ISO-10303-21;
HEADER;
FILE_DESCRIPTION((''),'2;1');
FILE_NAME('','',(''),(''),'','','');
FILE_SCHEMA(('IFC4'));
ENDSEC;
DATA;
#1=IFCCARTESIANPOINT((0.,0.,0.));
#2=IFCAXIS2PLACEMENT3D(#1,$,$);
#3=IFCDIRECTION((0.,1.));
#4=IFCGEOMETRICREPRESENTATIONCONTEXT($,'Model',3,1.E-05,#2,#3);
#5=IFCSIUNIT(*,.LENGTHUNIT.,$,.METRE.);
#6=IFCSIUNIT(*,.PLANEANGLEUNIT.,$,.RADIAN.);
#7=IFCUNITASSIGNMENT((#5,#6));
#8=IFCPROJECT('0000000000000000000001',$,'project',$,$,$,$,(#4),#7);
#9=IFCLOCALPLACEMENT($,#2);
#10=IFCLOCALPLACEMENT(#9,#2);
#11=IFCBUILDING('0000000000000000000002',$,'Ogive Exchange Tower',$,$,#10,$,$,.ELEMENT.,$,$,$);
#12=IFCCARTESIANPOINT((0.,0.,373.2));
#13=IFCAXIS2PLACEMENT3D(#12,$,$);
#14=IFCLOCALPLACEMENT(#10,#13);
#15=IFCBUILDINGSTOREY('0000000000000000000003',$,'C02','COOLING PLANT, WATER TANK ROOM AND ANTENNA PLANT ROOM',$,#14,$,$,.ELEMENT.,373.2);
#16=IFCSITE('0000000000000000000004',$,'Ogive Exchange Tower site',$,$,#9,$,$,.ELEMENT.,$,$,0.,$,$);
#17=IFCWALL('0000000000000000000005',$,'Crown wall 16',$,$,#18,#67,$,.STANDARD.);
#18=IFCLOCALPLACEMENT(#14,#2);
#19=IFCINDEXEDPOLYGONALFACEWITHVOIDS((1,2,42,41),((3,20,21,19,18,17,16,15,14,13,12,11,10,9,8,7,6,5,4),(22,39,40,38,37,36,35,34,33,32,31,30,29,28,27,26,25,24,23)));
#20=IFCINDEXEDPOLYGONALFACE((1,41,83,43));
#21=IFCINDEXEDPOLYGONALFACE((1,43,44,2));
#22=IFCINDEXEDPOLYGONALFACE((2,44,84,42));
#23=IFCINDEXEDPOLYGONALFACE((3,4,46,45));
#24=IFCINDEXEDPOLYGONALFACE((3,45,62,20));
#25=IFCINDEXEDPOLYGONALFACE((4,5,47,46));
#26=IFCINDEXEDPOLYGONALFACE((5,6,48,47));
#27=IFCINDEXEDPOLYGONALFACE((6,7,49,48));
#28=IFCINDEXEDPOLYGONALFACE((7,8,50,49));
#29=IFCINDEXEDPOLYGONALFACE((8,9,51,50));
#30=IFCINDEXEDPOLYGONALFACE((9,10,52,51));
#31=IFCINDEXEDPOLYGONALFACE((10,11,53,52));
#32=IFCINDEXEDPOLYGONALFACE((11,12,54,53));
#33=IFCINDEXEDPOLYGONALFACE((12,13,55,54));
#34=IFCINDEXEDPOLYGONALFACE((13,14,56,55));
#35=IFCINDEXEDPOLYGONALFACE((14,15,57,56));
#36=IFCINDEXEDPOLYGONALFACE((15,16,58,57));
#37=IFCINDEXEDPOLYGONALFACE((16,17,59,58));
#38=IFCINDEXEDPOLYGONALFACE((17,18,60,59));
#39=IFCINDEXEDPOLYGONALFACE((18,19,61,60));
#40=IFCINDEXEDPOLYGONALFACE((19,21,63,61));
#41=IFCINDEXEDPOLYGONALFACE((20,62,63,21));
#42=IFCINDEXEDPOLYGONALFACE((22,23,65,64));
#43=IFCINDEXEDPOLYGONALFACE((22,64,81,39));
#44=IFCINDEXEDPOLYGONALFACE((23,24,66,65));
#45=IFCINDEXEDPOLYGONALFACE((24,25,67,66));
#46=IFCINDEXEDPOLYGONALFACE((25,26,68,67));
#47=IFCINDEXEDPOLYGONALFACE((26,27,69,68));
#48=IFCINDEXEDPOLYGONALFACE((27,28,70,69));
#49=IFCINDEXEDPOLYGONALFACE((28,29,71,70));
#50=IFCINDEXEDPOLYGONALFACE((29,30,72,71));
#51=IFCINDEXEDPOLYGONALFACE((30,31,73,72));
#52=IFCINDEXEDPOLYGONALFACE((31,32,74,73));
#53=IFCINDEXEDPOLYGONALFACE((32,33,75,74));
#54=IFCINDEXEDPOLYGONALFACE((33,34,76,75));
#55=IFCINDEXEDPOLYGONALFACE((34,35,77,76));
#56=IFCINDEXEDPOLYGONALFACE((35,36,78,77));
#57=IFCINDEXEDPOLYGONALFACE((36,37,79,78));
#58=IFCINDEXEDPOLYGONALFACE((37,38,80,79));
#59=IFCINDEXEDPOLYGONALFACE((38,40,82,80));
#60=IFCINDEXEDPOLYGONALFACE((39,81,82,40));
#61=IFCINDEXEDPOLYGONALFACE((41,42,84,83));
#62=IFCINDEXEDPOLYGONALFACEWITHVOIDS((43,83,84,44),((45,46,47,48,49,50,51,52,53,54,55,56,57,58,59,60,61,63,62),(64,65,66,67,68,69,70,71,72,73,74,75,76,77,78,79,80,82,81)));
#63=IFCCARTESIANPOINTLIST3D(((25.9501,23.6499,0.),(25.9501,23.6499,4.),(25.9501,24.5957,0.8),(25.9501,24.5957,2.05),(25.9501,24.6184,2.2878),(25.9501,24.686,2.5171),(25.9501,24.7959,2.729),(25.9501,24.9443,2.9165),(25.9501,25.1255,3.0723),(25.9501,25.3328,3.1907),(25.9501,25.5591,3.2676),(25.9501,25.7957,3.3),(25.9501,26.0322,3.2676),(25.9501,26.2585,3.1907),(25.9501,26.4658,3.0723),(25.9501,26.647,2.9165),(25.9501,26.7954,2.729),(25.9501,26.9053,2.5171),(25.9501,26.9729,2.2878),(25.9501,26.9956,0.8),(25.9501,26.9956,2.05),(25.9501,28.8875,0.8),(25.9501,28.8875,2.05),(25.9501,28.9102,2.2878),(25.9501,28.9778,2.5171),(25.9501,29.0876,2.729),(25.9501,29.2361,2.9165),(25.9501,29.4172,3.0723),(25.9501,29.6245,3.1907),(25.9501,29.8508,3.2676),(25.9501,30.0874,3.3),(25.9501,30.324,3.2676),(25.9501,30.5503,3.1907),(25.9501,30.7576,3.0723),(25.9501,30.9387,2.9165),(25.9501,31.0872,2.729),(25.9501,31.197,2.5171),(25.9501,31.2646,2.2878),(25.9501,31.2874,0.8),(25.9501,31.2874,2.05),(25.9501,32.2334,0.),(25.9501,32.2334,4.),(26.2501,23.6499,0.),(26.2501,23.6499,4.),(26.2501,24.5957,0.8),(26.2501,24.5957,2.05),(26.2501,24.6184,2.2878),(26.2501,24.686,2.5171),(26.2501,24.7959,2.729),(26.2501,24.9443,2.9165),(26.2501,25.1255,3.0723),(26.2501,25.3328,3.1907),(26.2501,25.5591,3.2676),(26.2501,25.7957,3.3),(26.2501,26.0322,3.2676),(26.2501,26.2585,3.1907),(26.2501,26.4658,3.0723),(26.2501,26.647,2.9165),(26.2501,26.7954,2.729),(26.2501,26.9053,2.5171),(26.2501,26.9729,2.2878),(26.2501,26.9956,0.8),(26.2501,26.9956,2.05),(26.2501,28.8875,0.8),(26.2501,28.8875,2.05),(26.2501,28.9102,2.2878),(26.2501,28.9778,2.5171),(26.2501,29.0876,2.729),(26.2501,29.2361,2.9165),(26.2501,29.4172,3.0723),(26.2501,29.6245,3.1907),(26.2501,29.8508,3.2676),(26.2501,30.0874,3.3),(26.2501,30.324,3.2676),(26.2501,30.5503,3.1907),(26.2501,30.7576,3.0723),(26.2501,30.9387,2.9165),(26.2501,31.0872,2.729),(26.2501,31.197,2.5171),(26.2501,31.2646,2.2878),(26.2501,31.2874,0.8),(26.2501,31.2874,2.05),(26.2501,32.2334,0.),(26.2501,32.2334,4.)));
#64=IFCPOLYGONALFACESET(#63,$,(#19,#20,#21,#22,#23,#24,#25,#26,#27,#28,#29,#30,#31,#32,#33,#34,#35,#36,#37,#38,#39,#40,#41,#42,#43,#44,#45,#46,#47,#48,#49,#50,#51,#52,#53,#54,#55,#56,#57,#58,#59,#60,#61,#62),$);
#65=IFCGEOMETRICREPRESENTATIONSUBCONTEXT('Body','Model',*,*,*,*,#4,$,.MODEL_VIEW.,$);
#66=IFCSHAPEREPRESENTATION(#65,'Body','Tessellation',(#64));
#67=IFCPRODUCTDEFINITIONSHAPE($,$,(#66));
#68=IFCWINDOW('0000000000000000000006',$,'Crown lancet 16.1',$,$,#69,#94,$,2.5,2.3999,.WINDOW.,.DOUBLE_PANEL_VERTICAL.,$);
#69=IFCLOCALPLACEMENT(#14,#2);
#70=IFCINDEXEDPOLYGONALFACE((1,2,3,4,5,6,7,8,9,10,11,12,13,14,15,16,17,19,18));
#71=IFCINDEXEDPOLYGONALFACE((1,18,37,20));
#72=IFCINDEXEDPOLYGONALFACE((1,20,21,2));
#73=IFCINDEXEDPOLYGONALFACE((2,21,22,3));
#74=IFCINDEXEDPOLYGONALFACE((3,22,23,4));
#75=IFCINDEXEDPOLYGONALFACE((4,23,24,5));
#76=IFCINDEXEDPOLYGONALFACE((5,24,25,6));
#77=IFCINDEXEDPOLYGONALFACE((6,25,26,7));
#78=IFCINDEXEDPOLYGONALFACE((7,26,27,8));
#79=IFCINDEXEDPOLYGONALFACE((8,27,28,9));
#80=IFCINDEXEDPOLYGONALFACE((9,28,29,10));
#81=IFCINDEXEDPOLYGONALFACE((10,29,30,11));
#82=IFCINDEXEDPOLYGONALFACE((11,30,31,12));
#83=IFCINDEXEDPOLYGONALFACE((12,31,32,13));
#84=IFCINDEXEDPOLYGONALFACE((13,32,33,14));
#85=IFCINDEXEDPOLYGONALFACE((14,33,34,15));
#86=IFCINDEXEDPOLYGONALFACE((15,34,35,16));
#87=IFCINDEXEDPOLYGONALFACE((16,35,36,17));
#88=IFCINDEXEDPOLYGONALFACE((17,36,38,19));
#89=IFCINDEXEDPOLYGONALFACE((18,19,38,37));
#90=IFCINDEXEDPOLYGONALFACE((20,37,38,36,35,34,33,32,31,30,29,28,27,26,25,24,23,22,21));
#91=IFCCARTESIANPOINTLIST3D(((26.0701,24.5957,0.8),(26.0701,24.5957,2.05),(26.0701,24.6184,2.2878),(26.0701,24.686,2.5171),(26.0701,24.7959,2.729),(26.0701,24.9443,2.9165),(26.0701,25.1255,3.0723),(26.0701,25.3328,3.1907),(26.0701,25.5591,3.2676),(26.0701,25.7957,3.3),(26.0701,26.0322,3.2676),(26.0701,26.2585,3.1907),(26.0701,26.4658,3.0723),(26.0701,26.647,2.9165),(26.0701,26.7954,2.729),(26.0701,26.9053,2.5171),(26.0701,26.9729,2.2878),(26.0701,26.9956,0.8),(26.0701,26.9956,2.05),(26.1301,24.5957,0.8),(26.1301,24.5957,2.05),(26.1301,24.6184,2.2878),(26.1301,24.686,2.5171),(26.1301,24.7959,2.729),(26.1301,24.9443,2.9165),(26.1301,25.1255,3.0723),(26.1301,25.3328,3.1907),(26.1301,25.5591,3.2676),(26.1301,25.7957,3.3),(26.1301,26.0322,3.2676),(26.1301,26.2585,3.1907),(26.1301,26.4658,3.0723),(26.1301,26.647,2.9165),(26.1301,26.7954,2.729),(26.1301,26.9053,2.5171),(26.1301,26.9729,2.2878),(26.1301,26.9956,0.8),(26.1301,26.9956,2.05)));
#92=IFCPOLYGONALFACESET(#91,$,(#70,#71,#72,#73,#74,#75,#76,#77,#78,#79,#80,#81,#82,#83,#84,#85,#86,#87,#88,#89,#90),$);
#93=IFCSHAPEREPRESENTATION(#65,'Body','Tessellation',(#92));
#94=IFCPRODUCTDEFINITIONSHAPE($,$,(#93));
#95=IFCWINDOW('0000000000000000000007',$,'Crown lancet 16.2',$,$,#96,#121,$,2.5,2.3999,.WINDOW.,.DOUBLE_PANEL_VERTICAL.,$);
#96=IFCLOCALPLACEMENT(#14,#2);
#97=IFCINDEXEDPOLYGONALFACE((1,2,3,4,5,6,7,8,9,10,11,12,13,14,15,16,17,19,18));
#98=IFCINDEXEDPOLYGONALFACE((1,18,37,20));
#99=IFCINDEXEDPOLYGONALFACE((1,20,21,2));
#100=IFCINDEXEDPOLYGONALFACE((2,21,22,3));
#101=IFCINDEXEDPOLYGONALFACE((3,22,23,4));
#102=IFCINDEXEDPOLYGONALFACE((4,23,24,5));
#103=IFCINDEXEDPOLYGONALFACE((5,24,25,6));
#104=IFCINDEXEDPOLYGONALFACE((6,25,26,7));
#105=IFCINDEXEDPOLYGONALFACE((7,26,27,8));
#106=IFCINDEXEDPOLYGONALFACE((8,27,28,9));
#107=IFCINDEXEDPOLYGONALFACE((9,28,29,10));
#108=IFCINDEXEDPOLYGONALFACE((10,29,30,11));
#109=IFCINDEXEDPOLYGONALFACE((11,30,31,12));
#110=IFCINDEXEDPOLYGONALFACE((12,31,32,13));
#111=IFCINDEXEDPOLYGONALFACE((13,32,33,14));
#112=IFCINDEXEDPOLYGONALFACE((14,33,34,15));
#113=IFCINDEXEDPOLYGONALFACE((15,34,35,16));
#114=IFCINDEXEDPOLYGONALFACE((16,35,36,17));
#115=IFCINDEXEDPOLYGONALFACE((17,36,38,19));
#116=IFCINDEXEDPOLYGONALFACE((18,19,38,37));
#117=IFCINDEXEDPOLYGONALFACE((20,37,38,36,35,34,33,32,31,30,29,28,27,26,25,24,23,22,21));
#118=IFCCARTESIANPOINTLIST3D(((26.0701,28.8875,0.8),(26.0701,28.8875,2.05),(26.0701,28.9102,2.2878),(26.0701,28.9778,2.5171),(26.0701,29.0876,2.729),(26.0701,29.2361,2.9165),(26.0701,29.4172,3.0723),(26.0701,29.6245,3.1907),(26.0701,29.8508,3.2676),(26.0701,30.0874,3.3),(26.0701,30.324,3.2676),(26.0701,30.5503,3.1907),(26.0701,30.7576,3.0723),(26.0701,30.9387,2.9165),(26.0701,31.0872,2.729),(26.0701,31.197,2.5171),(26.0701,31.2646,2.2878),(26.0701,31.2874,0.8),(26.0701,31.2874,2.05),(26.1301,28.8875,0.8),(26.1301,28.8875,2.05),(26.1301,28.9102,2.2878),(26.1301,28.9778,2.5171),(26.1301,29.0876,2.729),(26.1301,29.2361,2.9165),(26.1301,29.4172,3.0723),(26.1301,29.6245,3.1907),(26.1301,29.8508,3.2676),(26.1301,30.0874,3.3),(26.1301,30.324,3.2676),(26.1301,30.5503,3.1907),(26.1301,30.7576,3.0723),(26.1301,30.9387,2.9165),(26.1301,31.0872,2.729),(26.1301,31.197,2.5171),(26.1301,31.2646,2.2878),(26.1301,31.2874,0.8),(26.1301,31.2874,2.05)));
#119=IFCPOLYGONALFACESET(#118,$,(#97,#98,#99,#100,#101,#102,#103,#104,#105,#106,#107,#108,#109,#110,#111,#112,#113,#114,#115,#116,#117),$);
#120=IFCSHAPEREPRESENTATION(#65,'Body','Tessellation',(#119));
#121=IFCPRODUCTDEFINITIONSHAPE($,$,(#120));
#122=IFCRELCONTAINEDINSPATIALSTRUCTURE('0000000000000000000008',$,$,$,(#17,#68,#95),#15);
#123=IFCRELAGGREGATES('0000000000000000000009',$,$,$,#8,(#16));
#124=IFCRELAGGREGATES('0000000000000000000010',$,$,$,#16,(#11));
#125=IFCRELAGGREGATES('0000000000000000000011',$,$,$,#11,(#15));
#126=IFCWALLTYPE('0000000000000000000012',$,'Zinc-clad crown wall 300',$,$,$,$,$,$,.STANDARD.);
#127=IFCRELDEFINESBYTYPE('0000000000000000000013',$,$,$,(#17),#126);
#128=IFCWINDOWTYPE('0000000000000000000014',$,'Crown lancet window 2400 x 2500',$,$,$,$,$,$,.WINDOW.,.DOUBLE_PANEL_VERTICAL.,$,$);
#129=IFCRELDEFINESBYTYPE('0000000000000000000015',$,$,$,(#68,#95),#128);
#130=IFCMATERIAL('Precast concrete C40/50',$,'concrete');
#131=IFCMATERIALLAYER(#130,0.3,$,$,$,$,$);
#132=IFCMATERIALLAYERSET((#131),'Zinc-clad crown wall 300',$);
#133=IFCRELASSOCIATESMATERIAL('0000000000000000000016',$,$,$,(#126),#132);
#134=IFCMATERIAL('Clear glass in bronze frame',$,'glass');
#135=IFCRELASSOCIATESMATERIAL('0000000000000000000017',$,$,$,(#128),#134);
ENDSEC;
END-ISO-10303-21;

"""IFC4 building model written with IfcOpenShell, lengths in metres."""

from ifc_helpers import new_model, si_unit, direction, frame, frame_2d, origin, place, context, subcontext, project, spatial, polyline, rectangle, outline, extrude, material, layer, layer_set, type_object, element, fill, save


model = new_model("IFC4")

# Units and contexts
model_context = context("Model", 3, precision=1e-05, world=origin(), true_north=direction((0.0, 1.0)))
body_context = subcontext(model_context, "Body", "Model", "MODEL_VIEW")
ifc_project = project(units=[si_unit("LENGTHUNIT", "METRE"), si_unit("PLANEANGLEUNIT", "RADIAN")], contexts=[model_context])

# Site, building, storey
site_placement = place(None, origin())
site = spatial("IfcSite", under=ifc_project, at=site_placement, Name="Ogive Exchange Tower site", CompositionType="ELEMENT", RefElevation=0.0)
building_placement = place(site_placement, origin())
building = spatial("IfcBuilding", under=site, at=building_placement, Name="Ogive Exchange Tower", CompositionType="ELEMENT")
storey_placement = place(building_placement, frame((0.0, 0.0, 373.2)))
storey = spatial("IfcBuildingStorey", under=building, at=storey_placement, Name="C02", Description="COOLING PLANT, WATER TANK ROOM AND ANTENNA PLANT ROOM", CompositionType="ELEMENT", Elevation=373.2)

# Wall, openings, windows
ifc_material_1 = material(Name="Precast concrete C40/50", Category="concrete")
ifc_layer_1 = layer(ifc_material_1, 0.3)
ifc_layer_set_1 = layer_set([ifc_layer_1], Name="Zinc-clad crown wall 300")
wall_type_1 = type_object("IfcWallType", Name="Zinc-clad crown wall 300", PredefinedType="STANDARD", material=ifc_layer_set_1)
wall_1_placement = place(storey_placement, frame((26.1001, 23.6499, 0.0), z_axis=(0.0, 0.0, 1.0), x_axis=(0.0, 1.0, 0.0)))
wall_1 = element("IfcWall", 1, at=wall_1_placement, inside=storey, type_object=wall_type_1, Name="Crown wall 16", PredefinedType="STANDARD", context=body_context, shape_type="SweptSolid", body=[
    extrude(rectangle(XDim=8.5835, YDim=0.3, at=frame_2d((4.2917, 0.0))), origin(), (0.0, 0.0, 1.0), 4.0),
])
opening_1_placement = place(wall_1_placement, frame((0.9458, 0.0, 0.8)))
opening_1 = element("IfcOpeningElement", 2, at=opening_1_placement, cuts=wall_1, PredefinedType="OPENING", context=body_context, shape_type="SweptSolid", body=[
    extrude(outline(polyline([(0.0, 0.0), (2.3999, 0.0), (2.3999, 1.25), (2.3772, 1.4878), (2.3096, 1.717), (2.1997, 1.929), (2.0513, 2.1165), (1.8701, 2.2722), (1.6628, 2.3906), (1.4365, 2.4675), (1.2, 2.5), (0.9634, 2.4675), (0.7371, 2.3906), (0.5298, 2.2722), (0.3486, 2.1165), (0.2002, 1.929), (0.0903, 1.717), (0.0227, 1.4878), (0.0, 1.25), (0.0, 0.0)])), frame((0.0, 0.1599, 0.0), z_axis=(0.0, -1.0, 0.0), x_axis=(1.0, 0.0, 0.0)), (0.0, 0.0, 1.0), 0.3201),
])
opening_2_placement = place(wall_1_placement, frame((5.2375, 0.0, 0.8)))
opening_2 = element("IfcOpeningElement", 3, at=opening_2_placement, cuts=wall_1, PredefinedType="OPENING", context=body_context, shape_type="SweptSolid", body=[
    extrude(outline(polyline([(0.0, 0.0), (2.3999, 0.0), (2.3999, 1.25), (2.3772, 1.4878), (2.3096, 1.717), (2.1997, 1.929), (2.0513, 2.1165), (1.8701, 2.2722), (1.6628, 2.3906), (1.4365, 2.4675), (1.2, 2.5), (0.9634, 2.4675), (0.7371, 2.3906), (0.5298, 2.2722), (0.3486, 2.1165), (0.2002, 1.929), (0.0903, 1.717), (0.0227, 1.4878), (0.0, 1.25), (0.0, 0.0)])), frame((0.0, 0.1599, 0.0), z_axis=(0.0, -1.0, 0.0), x_axis=(1.0, 0.0, 0.0)), (0.0, 0.0, 1.0), 0.3201),
])
ifc_material_2 = material(Name="Clear glass in bronze frame", Category="glass")
window_type_1 = type_object("IfcWindowType", Name="Crown lancet window 2400 x 2500", PartitioningType="DOUBLE_PANEL_VERTICAL", PredefinedType="WINDOW", material=ifc_material_2)
window_1_placement = place(opening_1_placement, origin())
window_1 = element("IfcWindow", 4, at=window_1_placement, inside=storey, type_object=window_type_1, Name="Crown lancet 16.1", OverallHeight=2.5, OverallWidth=2.3999, PartitioningType="DOUBLE_PANEL_VERTICAL", PredefinedType="WINDOW", context=body_context, shape_type="SweptSolid", body=[
    extrude(outline(polyline([(0.0, 0.0), (2.3999, 0.0), (2.3999, 1.25), (2.3772, 1.4878), (2.3096, 1.717), (2.1997, 1.929), (2.0513, 2.1165), (1.8701, 2.2722), (1.6628, 2.3906), (1.4365, 2.4675), (1.2, 2.5), (0.9634, 2.4675), (0.7371, 2.3906), (0.5298, 2.2722), (0.3486, 2.1165), (0.2002, 1.929), (0.0903, 1.717), (0.0227, 1.4878), (0.0, 1.25), (0.0, 0.0)])), frame((0.0, 0.03, 0.0), z_axis=(0.0, -1.0, 0.0), x_axis=(1.0, 0.0, 0.0)), (0.0, 0.0, 1.0), 0.0601),
])
fill(opening_1, window_1)
window_2_placement = place(opening_2_placement, origin())
window_2 = element("IfcWindow", 5, at=window_2_placement, inside=storey, type_object=window_type_1, Name="Crown lancet 16.2", OverallHeight=2.5, OverallWidth=2.3999, PartitioningType="DOUBLE_PANEL_VERTICAL", PredefinedType="WINDOW", context=body_context, shape_type="SweptSolid", body=[
    extrude(outline(polyline([(0.0, 0.0), (2.3999, 0.0), (2.3999, 1.25), (2.3772, 1.4878), (2.3096, 1.717), (2.1997, 1.929), (2.0513, 2.1165), (1.8701, 2.2722), (1.6628, 2.3906), (1.4365, 2.4675), (1.2, 2.5), (0.9634, 2.4675), (0.7371, 2.3906), (0.5298, 2.2722), (0.3486, 2.1165), (0.2002, 1.929), (0.0903, 1.717), (0.0227, 1.4878), (0.0, 1.25), (0.0, 0.0)])), frame((0.0, 0.03, 0.0), z_axis=(0.0, -1.0, 0.0), x_axis=(1.0, 0.0, 0.0)), (0.0, 0.0, 1.0), 0.0601),
])
fill(opening_2, window_2)

save(model, "model.ifc")
